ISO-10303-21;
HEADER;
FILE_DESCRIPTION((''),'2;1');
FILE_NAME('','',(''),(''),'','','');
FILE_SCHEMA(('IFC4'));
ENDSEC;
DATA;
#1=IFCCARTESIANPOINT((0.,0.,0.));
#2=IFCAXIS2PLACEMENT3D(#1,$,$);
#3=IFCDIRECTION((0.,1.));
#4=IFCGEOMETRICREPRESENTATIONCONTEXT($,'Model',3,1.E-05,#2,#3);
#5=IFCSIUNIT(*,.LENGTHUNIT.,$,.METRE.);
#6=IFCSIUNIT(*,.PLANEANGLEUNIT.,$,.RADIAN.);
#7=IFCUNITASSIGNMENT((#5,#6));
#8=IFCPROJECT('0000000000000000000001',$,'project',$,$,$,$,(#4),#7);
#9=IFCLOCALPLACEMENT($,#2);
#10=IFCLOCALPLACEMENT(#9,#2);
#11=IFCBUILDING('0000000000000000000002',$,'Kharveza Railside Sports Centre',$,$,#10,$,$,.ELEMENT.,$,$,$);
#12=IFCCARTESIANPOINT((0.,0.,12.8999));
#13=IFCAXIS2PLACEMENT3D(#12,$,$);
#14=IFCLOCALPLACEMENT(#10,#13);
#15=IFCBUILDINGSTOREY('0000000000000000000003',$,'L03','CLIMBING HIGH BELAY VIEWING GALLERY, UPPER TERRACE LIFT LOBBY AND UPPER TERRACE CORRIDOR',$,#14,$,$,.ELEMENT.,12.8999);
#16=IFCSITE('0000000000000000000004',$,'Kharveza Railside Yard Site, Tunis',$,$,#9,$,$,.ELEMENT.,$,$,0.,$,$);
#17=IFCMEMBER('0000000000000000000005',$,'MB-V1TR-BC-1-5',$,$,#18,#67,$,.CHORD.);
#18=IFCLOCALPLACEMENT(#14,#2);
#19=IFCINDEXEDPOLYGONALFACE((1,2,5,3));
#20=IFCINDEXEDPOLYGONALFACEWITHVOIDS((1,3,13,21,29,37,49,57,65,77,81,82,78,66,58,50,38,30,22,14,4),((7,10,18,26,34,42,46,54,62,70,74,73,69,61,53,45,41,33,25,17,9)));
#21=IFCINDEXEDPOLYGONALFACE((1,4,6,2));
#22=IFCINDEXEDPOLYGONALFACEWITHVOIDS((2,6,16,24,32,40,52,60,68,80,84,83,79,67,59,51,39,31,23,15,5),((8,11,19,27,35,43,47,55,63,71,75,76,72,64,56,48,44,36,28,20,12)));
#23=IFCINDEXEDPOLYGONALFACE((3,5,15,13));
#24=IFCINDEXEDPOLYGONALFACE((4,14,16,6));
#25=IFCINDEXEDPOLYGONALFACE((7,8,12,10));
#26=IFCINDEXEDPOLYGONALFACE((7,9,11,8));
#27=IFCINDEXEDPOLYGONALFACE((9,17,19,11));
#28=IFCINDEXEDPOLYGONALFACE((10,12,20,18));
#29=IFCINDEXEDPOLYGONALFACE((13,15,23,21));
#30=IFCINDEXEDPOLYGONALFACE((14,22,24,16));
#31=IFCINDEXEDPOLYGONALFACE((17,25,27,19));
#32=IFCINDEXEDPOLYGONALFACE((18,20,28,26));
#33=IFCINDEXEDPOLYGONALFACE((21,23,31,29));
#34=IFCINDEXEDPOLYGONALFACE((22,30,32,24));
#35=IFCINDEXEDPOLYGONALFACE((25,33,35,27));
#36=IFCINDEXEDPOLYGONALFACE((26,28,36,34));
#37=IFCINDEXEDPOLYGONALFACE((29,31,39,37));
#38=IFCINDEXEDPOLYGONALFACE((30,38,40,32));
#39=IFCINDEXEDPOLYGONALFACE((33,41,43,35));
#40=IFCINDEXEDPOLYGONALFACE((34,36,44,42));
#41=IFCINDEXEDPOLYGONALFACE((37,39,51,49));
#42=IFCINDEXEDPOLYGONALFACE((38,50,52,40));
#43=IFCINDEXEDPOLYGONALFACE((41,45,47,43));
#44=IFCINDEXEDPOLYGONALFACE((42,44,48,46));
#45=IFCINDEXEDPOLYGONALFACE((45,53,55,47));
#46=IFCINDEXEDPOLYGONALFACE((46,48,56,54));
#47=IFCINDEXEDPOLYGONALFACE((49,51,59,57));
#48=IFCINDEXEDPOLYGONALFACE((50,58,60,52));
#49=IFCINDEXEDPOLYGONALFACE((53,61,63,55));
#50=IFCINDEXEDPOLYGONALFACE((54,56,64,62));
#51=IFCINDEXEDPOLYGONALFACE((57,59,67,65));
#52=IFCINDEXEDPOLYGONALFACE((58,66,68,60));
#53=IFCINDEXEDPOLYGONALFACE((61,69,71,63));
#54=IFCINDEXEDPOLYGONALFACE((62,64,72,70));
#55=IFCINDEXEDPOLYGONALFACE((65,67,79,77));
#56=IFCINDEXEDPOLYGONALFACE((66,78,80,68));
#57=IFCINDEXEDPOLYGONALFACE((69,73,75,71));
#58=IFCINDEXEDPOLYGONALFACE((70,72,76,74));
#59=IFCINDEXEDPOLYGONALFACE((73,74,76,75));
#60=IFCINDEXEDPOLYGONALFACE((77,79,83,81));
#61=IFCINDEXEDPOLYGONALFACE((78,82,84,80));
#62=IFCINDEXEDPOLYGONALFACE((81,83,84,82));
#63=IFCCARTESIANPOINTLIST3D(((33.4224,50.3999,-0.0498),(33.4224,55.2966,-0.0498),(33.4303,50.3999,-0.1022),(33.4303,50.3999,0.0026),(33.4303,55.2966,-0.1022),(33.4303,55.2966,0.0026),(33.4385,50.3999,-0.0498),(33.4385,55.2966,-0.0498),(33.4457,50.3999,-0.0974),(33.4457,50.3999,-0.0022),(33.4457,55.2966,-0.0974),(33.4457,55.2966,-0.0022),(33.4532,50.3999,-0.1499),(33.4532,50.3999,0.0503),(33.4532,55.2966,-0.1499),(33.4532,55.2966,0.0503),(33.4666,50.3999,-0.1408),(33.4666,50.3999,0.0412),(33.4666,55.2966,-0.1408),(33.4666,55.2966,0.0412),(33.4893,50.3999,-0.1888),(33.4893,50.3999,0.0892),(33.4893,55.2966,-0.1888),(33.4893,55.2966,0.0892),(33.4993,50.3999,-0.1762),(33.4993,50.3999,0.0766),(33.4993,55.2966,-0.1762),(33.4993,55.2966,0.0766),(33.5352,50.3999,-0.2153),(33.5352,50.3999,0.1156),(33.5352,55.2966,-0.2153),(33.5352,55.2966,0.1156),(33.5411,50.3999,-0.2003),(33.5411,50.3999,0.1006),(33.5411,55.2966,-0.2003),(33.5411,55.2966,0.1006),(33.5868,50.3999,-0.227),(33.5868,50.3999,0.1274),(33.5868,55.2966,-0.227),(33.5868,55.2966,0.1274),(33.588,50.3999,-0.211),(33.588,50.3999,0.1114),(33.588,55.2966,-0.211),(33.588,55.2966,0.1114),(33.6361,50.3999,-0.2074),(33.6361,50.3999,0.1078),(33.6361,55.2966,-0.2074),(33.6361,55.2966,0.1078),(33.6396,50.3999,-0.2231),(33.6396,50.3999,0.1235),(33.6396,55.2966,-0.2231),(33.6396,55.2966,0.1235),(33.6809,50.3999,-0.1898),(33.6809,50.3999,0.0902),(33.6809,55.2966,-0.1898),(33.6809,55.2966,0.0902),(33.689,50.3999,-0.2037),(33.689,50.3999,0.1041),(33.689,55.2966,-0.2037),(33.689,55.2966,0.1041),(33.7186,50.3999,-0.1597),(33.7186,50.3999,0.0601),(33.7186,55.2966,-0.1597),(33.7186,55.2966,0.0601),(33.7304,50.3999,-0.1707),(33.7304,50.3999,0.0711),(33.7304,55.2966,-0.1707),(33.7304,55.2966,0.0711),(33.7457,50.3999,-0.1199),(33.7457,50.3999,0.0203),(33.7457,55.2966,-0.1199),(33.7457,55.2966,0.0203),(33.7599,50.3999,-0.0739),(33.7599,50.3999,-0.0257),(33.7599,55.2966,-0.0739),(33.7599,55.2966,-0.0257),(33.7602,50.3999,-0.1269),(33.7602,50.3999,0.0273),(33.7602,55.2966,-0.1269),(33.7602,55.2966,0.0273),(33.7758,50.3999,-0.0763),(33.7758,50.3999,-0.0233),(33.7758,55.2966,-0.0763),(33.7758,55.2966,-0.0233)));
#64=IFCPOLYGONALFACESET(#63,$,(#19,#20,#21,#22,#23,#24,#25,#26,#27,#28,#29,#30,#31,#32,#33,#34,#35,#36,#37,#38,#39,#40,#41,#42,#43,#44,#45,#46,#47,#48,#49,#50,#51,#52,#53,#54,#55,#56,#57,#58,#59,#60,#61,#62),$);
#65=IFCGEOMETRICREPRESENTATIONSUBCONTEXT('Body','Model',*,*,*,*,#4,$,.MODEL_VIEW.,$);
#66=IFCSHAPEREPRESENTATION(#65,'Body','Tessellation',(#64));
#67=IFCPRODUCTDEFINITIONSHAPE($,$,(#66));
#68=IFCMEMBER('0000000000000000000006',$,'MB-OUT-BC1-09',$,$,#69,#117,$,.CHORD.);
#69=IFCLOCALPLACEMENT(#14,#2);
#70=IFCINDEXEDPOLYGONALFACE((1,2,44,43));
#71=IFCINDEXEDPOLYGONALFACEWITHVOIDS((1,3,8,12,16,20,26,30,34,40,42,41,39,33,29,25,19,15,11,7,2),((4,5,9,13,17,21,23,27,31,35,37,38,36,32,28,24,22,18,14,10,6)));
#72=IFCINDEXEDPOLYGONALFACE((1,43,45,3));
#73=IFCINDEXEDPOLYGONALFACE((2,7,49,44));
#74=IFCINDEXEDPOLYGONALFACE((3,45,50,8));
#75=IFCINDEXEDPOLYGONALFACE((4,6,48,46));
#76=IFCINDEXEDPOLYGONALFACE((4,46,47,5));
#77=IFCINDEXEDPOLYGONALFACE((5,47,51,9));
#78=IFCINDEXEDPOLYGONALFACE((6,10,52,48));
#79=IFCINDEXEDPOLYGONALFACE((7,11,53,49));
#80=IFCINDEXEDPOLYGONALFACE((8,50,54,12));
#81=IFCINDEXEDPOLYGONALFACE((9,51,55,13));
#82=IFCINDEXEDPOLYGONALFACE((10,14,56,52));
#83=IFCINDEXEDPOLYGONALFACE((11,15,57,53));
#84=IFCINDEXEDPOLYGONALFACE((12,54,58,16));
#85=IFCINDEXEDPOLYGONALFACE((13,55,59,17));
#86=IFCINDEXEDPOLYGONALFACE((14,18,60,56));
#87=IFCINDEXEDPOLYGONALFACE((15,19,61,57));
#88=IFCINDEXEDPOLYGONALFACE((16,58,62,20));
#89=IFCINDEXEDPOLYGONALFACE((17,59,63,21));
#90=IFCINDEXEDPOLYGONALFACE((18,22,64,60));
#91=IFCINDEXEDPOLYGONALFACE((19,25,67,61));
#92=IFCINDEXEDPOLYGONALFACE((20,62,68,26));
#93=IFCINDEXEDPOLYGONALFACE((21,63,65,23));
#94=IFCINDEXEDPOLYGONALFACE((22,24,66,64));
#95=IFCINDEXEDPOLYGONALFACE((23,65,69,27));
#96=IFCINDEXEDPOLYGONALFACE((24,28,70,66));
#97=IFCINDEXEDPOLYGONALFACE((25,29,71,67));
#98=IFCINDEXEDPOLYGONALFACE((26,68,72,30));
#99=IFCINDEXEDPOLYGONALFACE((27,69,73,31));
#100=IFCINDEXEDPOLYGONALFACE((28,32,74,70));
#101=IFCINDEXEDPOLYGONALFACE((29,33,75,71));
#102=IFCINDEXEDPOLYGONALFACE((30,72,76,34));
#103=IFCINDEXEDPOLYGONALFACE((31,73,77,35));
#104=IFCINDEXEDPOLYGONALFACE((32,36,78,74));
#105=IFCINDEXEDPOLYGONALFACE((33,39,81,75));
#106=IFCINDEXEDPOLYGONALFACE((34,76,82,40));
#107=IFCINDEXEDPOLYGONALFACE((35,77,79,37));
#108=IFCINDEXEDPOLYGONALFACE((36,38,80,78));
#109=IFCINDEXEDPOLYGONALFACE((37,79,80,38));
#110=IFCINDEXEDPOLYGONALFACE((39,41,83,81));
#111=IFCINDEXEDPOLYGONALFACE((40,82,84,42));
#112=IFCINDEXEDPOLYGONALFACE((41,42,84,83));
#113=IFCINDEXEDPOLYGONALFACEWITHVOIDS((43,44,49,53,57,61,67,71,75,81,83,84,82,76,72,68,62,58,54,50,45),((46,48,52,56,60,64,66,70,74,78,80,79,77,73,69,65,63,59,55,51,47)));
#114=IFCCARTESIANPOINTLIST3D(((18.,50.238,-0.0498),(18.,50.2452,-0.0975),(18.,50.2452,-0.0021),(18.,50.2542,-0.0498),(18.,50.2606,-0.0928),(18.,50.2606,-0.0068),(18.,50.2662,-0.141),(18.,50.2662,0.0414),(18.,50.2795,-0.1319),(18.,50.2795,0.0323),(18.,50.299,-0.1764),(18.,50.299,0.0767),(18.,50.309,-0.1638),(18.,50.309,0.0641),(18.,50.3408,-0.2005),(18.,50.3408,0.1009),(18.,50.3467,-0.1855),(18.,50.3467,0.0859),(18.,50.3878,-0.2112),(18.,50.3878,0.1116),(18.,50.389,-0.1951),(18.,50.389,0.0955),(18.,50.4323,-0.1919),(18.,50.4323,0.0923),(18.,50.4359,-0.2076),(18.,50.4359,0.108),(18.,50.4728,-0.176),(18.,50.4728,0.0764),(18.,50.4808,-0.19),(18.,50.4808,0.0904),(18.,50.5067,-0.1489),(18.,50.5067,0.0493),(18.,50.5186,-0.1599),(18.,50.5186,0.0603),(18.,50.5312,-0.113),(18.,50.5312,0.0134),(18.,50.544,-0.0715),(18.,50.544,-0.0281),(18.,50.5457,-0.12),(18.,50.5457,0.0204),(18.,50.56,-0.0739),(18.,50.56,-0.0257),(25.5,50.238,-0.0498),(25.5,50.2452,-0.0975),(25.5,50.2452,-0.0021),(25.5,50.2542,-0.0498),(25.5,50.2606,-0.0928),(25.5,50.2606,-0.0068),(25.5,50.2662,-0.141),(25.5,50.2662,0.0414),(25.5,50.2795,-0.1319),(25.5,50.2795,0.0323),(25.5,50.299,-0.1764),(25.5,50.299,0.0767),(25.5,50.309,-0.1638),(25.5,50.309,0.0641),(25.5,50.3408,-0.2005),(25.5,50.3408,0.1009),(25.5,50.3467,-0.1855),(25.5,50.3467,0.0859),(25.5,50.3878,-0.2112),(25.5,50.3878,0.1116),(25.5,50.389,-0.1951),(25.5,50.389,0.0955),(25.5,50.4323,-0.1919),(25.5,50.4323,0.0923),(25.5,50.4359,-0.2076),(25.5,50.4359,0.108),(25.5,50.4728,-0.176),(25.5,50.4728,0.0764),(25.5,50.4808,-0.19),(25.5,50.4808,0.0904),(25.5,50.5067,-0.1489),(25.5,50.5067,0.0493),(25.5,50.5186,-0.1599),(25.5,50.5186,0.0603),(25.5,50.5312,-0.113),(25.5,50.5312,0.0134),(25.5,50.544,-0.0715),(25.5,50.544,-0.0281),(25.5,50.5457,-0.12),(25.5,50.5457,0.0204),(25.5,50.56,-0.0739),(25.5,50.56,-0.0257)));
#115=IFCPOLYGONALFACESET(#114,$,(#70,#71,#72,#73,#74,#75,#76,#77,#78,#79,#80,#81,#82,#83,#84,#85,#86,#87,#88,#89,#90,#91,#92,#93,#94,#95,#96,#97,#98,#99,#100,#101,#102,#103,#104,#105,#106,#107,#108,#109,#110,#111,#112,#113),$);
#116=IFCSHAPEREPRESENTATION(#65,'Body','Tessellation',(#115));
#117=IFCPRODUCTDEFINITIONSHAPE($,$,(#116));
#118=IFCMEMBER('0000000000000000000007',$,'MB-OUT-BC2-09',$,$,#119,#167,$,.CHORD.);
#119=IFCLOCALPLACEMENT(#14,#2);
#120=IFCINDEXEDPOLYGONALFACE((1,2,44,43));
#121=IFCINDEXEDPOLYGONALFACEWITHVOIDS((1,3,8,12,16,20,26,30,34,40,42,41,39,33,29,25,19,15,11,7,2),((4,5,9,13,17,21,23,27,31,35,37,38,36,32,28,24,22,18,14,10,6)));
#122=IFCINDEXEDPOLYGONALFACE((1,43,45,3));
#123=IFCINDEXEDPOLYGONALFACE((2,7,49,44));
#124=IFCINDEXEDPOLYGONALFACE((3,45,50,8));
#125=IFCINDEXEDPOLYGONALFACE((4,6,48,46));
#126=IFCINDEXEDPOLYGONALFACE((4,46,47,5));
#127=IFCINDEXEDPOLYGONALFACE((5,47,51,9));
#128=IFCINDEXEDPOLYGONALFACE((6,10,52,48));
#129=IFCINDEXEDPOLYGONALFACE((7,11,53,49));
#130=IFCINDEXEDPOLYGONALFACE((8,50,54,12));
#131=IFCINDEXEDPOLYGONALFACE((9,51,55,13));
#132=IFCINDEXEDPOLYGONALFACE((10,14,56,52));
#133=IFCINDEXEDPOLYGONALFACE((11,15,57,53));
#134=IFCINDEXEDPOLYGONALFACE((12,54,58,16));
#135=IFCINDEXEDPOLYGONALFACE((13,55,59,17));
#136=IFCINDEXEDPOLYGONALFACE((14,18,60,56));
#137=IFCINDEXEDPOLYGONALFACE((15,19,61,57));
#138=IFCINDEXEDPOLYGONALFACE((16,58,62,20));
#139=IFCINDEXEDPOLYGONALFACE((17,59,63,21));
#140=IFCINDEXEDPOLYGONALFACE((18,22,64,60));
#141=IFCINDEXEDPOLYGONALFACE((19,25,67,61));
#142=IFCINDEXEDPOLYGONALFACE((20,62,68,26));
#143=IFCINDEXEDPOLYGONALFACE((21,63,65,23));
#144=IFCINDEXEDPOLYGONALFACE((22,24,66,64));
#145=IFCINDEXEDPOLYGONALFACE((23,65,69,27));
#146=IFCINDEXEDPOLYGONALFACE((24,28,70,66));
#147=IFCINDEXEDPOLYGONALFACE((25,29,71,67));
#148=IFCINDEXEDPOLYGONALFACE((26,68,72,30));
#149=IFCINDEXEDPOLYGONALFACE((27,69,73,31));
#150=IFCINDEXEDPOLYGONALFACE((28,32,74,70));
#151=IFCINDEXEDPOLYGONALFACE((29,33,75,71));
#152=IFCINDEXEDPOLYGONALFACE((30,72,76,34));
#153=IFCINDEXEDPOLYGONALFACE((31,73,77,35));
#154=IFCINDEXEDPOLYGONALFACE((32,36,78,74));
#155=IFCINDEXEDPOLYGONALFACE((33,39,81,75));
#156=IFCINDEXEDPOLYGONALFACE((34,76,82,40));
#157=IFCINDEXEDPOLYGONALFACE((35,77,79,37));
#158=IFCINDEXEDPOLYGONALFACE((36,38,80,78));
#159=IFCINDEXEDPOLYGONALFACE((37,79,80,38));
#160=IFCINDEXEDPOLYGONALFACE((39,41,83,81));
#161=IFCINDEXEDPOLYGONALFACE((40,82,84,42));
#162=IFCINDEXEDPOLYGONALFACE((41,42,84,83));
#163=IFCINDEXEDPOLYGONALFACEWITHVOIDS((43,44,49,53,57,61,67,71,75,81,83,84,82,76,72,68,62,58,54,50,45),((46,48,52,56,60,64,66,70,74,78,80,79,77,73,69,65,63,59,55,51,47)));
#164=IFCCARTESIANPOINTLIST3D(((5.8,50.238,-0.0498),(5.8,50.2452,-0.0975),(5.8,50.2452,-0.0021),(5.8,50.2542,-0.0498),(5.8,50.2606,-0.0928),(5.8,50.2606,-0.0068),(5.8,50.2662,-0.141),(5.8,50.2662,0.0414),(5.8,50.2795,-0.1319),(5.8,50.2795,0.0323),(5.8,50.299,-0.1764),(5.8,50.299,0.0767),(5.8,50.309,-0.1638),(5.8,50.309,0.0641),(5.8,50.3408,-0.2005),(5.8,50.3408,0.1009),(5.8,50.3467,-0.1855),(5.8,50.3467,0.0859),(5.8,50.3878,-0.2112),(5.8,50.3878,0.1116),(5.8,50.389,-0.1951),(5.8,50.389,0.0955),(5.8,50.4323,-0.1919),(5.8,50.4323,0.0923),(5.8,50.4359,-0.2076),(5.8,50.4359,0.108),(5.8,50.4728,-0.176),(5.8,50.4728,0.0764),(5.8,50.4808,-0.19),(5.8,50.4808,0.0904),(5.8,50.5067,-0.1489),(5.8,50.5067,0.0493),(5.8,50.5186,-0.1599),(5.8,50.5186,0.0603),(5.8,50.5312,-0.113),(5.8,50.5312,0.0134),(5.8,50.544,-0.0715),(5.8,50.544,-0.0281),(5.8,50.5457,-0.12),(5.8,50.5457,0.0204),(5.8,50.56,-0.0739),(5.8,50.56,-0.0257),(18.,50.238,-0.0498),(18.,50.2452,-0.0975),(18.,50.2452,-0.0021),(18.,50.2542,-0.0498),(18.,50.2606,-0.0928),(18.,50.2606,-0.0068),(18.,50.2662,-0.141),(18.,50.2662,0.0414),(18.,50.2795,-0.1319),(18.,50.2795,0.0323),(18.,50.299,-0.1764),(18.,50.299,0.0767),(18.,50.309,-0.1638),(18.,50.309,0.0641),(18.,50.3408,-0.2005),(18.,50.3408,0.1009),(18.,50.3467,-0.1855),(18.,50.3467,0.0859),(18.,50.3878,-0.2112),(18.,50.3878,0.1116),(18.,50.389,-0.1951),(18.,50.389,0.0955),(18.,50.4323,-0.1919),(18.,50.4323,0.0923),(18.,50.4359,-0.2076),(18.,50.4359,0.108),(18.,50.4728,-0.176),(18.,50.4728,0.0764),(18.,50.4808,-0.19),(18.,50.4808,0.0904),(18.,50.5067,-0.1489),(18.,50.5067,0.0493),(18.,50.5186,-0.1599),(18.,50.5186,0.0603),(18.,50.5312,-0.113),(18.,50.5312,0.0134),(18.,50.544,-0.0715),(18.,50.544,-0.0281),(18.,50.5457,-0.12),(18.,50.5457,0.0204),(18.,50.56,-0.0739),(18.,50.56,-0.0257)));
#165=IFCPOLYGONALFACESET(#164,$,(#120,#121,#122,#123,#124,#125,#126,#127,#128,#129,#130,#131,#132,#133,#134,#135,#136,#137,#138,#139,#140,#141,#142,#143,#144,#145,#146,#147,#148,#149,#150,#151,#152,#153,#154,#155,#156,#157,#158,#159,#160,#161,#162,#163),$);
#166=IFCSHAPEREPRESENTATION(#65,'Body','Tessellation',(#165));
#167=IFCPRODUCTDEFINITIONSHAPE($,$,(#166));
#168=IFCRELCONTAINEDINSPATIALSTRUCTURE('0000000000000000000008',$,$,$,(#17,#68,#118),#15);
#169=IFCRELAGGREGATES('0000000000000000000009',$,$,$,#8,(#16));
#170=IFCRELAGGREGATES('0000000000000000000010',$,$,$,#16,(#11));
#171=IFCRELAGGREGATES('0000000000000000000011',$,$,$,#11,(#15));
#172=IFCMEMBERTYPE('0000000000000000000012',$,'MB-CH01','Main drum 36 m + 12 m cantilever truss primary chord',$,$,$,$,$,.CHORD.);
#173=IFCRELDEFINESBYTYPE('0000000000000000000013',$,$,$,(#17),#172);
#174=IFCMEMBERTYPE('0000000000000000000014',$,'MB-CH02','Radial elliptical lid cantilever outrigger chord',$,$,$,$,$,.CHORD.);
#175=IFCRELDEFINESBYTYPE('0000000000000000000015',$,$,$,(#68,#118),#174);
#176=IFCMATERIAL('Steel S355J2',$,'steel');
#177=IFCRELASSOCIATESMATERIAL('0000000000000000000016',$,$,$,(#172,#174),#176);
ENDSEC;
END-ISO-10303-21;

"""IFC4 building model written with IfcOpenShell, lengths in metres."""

from ifc_helpers import new_model, si_unit, direction, frame, origin, origin_2d, place, context, subcontext, project, spatial, hollow_circle, extrude, material, material_profile, profile_set, type_object, element, save


model = new_model("IFC4")

# Units and contexts
model_context = context("Model", 3, precision=1e-05, world=origin(), true_north=direction((0.0, 1.0)))
body_context = subcontext(model_context, "Body", "Model", "MODEL_VIEW")
ifc_project = project(units=[si_unit("LENGTHUNIT", "METRE"), si_unit("PLANEANGLEUNIT", "RADIAN")], contexts=[model_context])

# Site, building, storey
site_placement = place(None, origin())
site = spatial("IfcSite", under=ifc_project, at=site_placement, Name="Kharveza Railside Yard Site, Tunis", CompositionType="ELEMENT", RefElevation=0.0)
building_placement = place(site_placement, origin())
building = spatial("IfcBuilding", under=site, at=building_placement, Name="Kharveza Railside Sports Centre", CompositionType="ELEMENT")
storey_placement = place(building_placement, frame((0.0, 0.0, 12.8999)))
storey = spatial("IfcBuildingStorey", under=building, at=storey_placement, Name="L03", Description="CLIMBING HIGH BELAY VIEWING GALLERY, UPPER TERRACE LIFT LOBBY AND UPPER TERRACE CORRIDOR", CompositionType="ELEMENT", Elevation=12.8999)

# Shared definitions
ifc_material_1 = material(Name="Steel S355J2", Category="steel")

# Members
ifc_material_profile_1 = material_profile(ifc_material_1, hollow_circle(Radius=0.1777, WallThickness=0.0161, at=origin_2d()), Name="CHS 355.6x16.0")
ifc_profile_set_1 = profile_set([ifc_material_profile_1], Name="Steel S355J2")
member_type_1 = type_object("IfcMemberType", Name="MB-CH01", Description="Main drum 36 m + 12 m cantilever truss primary chord", PredefinedType="CHORD", material=ifc_profile_set_1)
member_1_placement = place(storey_placement, frame((33.6001, 50.3999, -0.0498), z_axis=(0.0, 1.0, 0.0), x_axis=(-1.0, 0.0, 0.0)))
element("IfcMember", 1, at=member_1_placement, inside=storey, type_object=member_type_1, Name="MB-V1TR-BC-1-5", PredefinedType="CHORD", context=body_context, shape_type="SweptSolid", body=[
    extrude(hollow_circle(Radius=0.1777, WallThickness=0.0161, at=origin_2d()), origin(), (0.0, 0.0, 1.0), 4.8967),
])
ifc_material_profile_2 = material_profile(ifc_material_1, hollow_circle(Radius=0.1619, WallThickness=0.0161, at=origin_2d()), Name="CHS 323.9x16.0")
ifc_profile_set_2 = profile_set([ifc_material_profile_2], Name="Steel S355J2")
member_type_2 = type_object("IfcMemberType", Name="MB-CH02", Description="Radial elliptical lid cantilever outrigger chord", PredefinedType="CHORD", material=ifc_profile_set_2)
member_2_placement = place(storey_placement, frame((25.5, 50.3999, -0.0498), z_axis=(-1.0, 0.0, 0.0), x_axis=(0.0, -1.0, 0.0)))
element("IfcMember", 2, at=member_2_placement, inside=storey, type_object=member_type_2, Name="MB-OUT-BC1-09", PredefinedType="CHORD", context=body_context, shape_type="SweptSolid", body=[
    extrude(hollow_circle(Radius=0.1619, WallThickness=0.0161, at=origin_2d()), origin(), (0.0, 0.0, 1.0), 7.5),
])
member_3_placement = place(storey_placement, frame((18.0, 50.3999, -0.0498), z_axis=(-1.0, 0.0, 0.0), x_axis=(0.0, -1.0, 0.0)))
element("IfcMember", 3, at=member_3_placement, inside=storey, type_object=member_type_2, Name="MB-OUT-BC2-09", PredefinedType="CHORD", context=body_context, shape_type="SweptSolid", body=[
    extrude(hollow_circle(Radius=0.1619, WallThickness=0.0161, at=origin_2d()), origin(), (0.0, 0.0, 1.0), 12.2),
])

save(model, "model.ifc")
